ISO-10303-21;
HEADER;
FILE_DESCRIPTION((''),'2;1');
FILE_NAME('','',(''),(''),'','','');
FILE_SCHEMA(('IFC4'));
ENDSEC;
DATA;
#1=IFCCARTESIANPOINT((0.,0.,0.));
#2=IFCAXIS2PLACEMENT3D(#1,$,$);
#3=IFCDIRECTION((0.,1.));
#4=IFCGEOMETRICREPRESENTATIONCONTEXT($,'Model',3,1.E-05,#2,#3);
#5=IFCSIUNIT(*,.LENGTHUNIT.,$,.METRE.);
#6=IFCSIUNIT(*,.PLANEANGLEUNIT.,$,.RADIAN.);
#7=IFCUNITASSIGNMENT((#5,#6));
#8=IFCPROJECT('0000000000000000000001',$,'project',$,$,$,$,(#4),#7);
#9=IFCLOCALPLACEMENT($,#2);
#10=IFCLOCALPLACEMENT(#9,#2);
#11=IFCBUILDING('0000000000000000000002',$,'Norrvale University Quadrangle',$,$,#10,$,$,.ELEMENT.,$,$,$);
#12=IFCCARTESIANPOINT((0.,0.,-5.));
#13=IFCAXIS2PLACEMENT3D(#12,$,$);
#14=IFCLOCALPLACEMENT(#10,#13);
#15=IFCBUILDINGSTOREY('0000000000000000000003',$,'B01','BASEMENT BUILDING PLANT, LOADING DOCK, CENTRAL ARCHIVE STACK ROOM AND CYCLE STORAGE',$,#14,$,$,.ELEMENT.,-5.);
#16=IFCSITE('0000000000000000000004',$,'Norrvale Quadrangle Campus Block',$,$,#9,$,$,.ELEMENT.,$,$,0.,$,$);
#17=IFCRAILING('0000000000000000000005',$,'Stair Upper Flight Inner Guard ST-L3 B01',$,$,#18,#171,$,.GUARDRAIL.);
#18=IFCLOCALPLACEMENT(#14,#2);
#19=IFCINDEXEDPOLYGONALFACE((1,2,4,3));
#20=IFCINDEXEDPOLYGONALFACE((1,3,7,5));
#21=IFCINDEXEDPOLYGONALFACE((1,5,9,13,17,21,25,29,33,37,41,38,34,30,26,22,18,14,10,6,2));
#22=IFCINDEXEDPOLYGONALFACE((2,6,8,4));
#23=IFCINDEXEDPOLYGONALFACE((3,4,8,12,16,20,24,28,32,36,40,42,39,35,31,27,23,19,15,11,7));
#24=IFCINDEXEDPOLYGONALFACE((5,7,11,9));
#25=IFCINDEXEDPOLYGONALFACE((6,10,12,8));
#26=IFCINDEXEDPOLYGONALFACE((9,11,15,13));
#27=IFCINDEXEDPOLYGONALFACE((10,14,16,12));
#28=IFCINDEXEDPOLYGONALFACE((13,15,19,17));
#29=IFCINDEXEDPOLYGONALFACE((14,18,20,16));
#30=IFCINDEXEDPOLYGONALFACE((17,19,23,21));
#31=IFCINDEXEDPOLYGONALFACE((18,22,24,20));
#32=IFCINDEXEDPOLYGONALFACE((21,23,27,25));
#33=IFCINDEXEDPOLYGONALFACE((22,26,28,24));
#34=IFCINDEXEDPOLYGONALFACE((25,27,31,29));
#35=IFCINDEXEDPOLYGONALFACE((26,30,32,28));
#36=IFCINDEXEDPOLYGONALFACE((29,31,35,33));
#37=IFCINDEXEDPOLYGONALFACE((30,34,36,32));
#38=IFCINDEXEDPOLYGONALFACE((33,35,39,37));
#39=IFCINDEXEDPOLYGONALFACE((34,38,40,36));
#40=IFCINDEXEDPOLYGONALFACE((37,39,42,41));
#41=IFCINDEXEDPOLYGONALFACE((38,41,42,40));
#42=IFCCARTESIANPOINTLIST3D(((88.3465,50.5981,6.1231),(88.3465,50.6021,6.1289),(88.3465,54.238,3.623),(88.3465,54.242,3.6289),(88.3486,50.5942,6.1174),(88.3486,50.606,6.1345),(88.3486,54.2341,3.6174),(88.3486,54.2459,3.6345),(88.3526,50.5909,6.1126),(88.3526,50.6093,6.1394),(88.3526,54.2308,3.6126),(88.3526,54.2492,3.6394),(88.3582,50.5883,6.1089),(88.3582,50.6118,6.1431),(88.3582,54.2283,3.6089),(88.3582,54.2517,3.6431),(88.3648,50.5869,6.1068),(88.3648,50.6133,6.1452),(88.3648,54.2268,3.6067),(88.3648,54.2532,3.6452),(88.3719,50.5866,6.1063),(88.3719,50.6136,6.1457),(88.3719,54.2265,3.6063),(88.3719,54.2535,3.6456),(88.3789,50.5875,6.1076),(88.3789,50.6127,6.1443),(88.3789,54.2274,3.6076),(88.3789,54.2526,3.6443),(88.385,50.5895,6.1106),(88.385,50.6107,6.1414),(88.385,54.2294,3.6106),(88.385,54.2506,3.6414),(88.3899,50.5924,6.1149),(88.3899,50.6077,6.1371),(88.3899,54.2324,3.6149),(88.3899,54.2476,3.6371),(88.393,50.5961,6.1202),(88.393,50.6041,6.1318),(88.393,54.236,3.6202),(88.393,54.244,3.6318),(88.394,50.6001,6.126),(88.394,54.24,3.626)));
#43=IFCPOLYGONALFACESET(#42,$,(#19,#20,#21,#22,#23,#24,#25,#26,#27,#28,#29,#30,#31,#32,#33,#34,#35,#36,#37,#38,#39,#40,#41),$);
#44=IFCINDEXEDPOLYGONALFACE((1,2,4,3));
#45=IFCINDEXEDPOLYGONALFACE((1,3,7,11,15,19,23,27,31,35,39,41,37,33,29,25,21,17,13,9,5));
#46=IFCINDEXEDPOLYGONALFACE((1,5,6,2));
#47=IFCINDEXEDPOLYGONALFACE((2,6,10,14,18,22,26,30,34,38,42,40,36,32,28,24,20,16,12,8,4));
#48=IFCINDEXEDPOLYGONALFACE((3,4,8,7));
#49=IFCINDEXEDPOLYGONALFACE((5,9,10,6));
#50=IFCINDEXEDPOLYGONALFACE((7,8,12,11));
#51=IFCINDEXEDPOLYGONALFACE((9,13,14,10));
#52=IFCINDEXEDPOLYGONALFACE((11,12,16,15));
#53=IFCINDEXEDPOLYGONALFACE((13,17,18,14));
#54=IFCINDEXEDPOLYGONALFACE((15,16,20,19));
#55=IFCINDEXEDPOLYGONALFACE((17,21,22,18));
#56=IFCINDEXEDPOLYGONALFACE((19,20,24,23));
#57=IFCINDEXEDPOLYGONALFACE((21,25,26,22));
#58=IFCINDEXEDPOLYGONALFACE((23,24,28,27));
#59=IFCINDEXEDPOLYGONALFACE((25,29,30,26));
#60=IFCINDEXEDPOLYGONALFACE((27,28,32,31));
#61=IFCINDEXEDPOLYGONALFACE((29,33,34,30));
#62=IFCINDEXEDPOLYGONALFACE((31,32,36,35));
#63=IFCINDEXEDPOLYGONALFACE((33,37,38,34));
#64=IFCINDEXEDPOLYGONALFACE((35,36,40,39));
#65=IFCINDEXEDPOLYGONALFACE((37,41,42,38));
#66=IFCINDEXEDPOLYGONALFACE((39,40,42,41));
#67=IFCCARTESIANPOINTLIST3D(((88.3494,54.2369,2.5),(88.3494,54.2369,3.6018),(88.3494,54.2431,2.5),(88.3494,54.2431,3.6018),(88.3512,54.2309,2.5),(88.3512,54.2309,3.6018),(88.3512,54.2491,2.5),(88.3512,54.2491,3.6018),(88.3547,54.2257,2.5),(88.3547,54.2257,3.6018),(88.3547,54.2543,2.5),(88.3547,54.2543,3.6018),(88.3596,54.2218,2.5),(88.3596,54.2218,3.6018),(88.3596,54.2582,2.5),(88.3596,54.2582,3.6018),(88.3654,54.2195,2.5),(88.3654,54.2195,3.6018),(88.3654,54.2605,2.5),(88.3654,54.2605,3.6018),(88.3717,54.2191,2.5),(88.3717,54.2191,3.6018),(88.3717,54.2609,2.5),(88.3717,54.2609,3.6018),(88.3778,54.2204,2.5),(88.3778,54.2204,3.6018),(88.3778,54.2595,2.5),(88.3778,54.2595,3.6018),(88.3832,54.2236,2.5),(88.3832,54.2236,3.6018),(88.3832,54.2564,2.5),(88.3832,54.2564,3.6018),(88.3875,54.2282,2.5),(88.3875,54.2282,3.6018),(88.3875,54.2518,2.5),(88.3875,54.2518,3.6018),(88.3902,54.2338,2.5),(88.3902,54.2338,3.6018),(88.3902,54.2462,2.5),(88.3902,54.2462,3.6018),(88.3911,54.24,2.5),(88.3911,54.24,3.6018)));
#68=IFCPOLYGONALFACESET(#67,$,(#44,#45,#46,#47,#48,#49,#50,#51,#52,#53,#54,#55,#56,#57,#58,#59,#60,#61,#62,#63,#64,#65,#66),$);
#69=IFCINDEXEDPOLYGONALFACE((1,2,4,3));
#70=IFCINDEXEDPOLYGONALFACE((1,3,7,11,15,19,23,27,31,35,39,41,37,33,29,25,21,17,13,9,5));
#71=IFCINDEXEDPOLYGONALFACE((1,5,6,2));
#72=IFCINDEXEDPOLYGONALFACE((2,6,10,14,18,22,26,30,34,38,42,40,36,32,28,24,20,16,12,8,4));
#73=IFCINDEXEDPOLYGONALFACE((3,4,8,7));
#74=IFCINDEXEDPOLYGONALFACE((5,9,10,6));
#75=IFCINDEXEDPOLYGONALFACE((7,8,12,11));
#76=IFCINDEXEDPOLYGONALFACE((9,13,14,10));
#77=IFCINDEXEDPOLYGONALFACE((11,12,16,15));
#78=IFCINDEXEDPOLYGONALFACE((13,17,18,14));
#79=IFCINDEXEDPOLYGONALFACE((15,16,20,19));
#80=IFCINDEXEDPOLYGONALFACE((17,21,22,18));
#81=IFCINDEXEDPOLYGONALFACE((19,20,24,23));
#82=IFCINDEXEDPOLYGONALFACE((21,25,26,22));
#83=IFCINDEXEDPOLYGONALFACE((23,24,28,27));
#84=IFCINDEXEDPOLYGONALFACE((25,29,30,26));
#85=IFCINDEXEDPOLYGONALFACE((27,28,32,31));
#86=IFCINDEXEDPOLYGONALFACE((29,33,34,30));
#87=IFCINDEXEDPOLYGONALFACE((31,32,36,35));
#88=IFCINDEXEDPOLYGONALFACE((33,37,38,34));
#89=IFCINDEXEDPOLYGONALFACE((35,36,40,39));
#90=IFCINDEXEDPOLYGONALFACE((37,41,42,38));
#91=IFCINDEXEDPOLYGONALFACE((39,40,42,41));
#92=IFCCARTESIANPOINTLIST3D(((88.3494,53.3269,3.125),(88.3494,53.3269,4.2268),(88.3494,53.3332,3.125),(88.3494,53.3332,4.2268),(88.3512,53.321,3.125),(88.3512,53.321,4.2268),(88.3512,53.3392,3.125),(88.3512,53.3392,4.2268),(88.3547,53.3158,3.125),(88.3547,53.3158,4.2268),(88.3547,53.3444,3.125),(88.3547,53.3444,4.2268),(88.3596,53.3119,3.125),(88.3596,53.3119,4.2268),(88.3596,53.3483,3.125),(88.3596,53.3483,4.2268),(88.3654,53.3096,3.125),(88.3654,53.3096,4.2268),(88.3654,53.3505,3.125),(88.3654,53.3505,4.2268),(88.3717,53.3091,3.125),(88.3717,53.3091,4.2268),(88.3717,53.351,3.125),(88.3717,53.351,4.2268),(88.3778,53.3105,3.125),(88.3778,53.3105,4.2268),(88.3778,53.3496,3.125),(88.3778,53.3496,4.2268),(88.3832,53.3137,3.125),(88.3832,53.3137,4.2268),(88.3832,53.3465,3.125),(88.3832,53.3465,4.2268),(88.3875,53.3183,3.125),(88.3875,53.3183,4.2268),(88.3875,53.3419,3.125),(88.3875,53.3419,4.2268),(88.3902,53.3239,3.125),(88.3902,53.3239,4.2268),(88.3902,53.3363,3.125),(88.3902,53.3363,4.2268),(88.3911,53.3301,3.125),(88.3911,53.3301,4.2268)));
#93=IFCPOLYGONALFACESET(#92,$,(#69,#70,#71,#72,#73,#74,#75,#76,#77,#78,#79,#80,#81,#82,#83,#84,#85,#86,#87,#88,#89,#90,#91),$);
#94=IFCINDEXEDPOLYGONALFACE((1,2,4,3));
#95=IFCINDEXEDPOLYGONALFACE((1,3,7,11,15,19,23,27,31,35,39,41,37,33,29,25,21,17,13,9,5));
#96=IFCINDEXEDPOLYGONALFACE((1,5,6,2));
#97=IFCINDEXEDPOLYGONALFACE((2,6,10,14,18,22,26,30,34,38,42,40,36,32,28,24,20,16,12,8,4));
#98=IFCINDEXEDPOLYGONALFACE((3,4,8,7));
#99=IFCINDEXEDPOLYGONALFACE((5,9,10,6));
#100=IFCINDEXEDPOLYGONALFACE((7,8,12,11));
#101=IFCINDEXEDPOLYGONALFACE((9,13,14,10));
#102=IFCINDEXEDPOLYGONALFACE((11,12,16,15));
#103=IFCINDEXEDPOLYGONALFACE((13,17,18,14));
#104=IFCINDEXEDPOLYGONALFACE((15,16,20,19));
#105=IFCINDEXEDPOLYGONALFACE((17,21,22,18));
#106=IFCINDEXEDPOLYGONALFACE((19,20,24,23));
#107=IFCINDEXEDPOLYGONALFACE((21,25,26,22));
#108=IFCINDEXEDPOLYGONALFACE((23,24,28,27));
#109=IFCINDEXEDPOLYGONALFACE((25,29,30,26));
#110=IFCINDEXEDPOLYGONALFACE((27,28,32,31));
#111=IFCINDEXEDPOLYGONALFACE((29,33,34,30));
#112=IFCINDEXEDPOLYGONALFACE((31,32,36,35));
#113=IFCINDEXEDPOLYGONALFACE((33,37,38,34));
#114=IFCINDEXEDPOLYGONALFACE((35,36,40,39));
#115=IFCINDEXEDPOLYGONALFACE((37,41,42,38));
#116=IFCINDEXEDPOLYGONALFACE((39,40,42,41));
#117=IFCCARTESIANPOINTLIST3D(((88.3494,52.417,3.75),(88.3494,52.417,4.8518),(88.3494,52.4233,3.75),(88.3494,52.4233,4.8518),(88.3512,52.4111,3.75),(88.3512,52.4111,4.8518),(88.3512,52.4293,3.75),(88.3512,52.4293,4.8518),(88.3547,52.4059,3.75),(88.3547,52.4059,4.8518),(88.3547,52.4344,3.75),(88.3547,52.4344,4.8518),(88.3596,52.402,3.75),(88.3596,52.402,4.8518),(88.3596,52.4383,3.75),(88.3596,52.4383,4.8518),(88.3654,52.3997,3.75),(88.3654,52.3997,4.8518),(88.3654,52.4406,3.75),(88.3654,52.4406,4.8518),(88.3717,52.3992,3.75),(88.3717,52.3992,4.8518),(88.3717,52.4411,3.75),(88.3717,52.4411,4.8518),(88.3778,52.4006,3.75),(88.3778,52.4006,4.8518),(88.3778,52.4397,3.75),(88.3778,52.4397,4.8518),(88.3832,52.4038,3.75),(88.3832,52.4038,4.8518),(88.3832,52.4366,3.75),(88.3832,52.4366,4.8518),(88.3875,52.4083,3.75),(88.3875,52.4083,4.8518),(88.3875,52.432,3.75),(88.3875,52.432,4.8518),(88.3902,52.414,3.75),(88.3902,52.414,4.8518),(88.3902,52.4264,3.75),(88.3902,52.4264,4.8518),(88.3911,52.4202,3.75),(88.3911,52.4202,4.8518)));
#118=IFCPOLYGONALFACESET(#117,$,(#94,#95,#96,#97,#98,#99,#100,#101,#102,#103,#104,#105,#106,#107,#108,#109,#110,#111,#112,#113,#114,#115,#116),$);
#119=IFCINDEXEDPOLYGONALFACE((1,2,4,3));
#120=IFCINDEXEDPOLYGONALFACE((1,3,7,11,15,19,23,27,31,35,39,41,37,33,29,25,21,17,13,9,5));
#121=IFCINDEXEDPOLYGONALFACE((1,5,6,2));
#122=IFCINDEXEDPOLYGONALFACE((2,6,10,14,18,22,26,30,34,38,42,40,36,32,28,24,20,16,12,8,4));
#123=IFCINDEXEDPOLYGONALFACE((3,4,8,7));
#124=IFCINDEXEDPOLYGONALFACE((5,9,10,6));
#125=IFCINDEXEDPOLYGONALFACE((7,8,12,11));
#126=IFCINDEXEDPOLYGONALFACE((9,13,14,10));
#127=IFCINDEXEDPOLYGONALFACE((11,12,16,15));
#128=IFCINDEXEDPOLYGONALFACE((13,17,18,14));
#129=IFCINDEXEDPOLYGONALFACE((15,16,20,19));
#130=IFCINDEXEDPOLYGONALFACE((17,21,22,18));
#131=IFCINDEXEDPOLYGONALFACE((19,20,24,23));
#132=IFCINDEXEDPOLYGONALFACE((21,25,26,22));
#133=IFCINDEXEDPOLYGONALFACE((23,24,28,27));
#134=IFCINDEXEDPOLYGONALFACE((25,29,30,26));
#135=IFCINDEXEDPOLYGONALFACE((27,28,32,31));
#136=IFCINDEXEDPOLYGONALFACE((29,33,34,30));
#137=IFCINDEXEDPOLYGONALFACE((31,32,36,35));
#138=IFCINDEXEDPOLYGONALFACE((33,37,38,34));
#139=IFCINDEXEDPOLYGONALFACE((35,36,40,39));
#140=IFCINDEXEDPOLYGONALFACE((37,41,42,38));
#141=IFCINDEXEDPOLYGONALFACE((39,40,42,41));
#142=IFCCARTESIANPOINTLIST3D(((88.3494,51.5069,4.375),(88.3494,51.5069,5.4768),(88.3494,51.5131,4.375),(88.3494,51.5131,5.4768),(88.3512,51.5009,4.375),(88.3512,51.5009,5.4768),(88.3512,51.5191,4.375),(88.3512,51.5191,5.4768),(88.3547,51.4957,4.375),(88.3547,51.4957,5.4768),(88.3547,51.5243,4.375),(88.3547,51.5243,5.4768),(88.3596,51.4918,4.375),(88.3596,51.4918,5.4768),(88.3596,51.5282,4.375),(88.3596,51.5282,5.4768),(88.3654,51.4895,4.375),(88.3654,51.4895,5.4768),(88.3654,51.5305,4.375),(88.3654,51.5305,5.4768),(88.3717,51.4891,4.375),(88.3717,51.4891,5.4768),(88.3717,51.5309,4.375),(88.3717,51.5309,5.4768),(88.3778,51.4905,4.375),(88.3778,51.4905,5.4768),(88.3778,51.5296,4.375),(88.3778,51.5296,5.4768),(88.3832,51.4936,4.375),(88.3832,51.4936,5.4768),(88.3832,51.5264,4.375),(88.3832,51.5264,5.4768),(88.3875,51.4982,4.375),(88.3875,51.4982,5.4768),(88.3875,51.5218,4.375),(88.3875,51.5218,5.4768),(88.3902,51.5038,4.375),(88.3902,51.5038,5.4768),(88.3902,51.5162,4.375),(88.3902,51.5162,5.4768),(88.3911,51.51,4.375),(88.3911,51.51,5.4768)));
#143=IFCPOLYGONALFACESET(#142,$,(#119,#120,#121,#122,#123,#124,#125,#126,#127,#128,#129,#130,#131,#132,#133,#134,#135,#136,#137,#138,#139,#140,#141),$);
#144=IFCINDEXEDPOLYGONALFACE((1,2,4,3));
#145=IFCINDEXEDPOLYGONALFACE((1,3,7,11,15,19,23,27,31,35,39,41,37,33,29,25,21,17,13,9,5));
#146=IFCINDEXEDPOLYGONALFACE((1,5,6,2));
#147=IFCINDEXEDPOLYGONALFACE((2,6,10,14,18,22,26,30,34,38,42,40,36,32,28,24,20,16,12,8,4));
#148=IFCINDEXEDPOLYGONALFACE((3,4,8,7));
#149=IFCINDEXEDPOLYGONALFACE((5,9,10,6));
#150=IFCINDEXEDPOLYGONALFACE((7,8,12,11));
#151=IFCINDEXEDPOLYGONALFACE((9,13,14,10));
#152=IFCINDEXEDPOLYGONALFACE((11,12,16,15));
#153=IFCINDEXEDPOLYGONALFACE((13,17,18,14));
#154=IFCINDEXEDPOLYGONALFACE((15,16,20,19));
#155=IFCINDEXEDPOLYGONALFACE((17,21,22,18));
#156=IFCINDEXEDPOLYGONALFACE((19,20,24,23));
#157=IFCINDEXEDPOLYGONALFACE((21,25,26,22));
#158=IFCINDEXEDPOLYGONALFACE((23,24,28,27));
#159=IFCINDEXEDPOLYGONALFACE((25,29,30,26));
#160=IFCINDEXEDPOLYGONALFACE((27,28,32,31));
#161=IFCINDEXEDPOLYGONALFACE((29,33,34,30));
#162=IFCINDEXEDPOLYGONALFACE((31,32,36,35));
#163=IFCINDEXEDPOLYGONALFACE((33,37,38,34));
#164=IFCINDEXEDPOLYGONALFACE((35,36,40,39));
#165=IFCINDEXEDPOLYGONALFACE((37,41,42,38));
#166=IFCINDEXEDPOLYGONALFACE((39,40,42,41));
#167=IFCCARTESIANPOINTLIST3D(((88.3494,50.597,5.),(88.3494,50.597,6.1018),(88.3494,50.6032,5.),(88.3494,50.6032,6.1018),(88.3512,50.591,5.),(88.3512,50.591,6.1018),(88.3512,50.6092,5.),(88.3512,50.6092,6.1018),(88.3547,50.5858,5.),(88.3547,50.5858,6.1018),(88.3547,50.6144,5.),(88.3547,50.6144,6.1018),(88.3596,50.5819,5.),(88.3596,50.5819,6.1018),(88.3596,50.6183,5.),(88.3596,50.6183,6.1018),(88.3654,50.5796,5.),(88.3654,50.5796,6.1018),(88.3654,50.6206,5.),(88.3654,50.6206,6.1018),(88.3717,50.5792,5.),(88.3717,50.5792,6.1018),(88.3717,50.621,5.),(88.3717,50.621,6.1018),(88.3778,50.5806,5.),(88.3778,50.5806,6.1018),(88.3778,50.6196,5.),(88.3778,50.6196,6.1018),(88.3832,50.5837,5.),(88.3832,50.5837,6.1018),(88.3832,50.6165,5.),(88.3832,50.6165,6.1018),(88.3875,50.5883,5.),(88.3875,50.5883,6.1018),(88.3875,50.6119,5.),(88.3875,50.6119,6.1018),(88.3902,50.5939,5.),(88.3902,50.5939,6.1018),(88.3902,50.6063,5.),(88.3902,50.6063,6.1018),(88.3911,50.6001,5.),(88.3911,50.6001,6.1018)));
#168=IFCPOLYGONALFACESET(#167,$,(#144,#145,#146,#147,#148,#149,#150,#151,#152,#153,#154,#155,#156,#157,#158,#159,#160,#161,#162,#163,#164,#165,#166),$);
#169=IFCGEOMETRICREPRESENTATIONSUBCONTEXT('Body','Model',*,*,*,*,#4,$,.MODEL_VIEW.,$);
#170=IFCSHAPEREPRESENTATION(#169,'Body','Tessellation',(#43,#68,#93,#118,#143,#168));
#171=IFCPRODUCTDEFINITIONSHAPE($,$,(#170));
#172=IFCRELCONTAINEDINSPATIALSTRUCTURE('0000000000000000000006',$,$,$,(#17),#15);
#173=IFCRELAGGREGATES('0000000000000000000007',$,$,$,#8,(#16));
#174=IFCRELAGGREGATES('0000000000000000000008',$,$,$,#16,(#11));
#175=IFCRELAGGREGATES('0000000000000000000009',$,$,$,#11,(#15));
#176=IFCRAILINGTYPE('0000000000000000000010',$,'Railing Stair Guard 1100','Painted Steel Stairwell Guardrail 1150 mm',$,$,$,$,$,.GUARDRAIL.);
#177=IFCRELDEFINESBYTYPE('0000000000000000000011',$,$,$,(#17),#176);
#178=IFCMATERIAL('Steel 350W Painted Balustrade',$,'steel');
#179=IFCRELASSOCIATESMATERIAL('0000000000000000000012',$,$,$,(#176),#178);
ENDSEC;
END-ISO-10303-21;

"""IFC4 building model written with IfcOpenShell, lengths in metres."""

from ifc_helpers import new_model, si_unit, direction, frame, origin, origin_2d, place, context, subcontext, project, spatial, circle, extrude, material, type_object, element, save


model = new_model("IFC4")

# Units and contexts
model_context = context("Model", 3, precision=1e-05, world=origin(), true_north=direction((0.0, 1.0)))
body_context = subcontext(model_context, "Body", "Model", "MODEL_VIEW")
ifc_project = project(units=[si_unit("LENGTHUNIT", "METRE"), si_unit("PLANEANGLEUNIT", "RADIAN")], contexts=[model_context])

# Site, building, storey
site_placement = place(None, origin())
site = spatial("IfcSite", under=ifc_project, at=site_placement, Name="Norrvale Quadrangle Campus Block", CompositionType="ELEMENT", RefElevation=0.0)
building_placement = place(site_placement, origin())
building = spatial("IfcBuilding", under=site, at=building_placement, Name="Norrvale University Quadrangle", CompositionType="ELEMENT")
storey_placement = place(building_placement, frame((0.0, 0.0, -5.0)))
storey = spatial("IfcBuildingStorey", under=building, at=storey_placement, Name="B01", Description="BASEMENT BUILDING PLANT, LOADING DOCK, CENTRAL ARCHIVE STACK ROOM AND CYCLE STORAGE", CompositionType="ELEMENT", Elevation=-5.0)

# Railing
ifc_material_1 = material(Name="Steel 350W Painted Balustrade", Category="steel")
railing_type_1 = type_object("IfcRailingType", Name="Railing Stair Guard 1100", Description="Painted Steel Stairwell Guardrail 1150 mm", PredefinedType="GUARDRAIL", material=ifc_material_1)
railing_1_placement = place(storey_placement, frame((88.3701, 54.24, 2.5)))
element("IfcRailing", 1, at=railing_1_placement, inside=storey, type_object=railing_type_1, Name="Stair Upper Flight Inner Guard ST-L3 B01", PredefinedType="GUARDRAIL", context=body_context, shape_type="SweptSolid", body=[
    extrude(circle(Radius=0.0239, at=origin_2d()), frame((0.0, 0.0, 1.126), z_axis=(0.0, -0.824298, 0.566156), x_axis=(1.0, 0.0, 0.0)), (0.0, 0.0, 1.0), 4.4158),
    extrude(circle(Radius=0.021, at=origin_2d()), origin(), (0.0, 0.0, 1.0), 1.1018),
    extrude(circle(Radius=0.021, at=origin_2d()), frame((0.0, -0.9099, 0.625)), (0.0, 0.0, 1.0), 1.1018),
    extrude(circle(Radius=0.021, at=origin_2d()), frame((0.0, -1.8198, 1.25)), (0.0, 0.0, 1.0), 1.1018),
    extrude(circle(Radius=0.021, at=origin_2d()), frame((0.0, -2.73, 1.875)), (0.0, 0.0, 1.0), 1.1018),
    extrude(circle(Radius=0.021, at=origin_2d()), frame((0.0, -3.6399, 2.5)), (0.0, 0.0, 1.0), 1.1018),
])

save(model, "model.ifc")
